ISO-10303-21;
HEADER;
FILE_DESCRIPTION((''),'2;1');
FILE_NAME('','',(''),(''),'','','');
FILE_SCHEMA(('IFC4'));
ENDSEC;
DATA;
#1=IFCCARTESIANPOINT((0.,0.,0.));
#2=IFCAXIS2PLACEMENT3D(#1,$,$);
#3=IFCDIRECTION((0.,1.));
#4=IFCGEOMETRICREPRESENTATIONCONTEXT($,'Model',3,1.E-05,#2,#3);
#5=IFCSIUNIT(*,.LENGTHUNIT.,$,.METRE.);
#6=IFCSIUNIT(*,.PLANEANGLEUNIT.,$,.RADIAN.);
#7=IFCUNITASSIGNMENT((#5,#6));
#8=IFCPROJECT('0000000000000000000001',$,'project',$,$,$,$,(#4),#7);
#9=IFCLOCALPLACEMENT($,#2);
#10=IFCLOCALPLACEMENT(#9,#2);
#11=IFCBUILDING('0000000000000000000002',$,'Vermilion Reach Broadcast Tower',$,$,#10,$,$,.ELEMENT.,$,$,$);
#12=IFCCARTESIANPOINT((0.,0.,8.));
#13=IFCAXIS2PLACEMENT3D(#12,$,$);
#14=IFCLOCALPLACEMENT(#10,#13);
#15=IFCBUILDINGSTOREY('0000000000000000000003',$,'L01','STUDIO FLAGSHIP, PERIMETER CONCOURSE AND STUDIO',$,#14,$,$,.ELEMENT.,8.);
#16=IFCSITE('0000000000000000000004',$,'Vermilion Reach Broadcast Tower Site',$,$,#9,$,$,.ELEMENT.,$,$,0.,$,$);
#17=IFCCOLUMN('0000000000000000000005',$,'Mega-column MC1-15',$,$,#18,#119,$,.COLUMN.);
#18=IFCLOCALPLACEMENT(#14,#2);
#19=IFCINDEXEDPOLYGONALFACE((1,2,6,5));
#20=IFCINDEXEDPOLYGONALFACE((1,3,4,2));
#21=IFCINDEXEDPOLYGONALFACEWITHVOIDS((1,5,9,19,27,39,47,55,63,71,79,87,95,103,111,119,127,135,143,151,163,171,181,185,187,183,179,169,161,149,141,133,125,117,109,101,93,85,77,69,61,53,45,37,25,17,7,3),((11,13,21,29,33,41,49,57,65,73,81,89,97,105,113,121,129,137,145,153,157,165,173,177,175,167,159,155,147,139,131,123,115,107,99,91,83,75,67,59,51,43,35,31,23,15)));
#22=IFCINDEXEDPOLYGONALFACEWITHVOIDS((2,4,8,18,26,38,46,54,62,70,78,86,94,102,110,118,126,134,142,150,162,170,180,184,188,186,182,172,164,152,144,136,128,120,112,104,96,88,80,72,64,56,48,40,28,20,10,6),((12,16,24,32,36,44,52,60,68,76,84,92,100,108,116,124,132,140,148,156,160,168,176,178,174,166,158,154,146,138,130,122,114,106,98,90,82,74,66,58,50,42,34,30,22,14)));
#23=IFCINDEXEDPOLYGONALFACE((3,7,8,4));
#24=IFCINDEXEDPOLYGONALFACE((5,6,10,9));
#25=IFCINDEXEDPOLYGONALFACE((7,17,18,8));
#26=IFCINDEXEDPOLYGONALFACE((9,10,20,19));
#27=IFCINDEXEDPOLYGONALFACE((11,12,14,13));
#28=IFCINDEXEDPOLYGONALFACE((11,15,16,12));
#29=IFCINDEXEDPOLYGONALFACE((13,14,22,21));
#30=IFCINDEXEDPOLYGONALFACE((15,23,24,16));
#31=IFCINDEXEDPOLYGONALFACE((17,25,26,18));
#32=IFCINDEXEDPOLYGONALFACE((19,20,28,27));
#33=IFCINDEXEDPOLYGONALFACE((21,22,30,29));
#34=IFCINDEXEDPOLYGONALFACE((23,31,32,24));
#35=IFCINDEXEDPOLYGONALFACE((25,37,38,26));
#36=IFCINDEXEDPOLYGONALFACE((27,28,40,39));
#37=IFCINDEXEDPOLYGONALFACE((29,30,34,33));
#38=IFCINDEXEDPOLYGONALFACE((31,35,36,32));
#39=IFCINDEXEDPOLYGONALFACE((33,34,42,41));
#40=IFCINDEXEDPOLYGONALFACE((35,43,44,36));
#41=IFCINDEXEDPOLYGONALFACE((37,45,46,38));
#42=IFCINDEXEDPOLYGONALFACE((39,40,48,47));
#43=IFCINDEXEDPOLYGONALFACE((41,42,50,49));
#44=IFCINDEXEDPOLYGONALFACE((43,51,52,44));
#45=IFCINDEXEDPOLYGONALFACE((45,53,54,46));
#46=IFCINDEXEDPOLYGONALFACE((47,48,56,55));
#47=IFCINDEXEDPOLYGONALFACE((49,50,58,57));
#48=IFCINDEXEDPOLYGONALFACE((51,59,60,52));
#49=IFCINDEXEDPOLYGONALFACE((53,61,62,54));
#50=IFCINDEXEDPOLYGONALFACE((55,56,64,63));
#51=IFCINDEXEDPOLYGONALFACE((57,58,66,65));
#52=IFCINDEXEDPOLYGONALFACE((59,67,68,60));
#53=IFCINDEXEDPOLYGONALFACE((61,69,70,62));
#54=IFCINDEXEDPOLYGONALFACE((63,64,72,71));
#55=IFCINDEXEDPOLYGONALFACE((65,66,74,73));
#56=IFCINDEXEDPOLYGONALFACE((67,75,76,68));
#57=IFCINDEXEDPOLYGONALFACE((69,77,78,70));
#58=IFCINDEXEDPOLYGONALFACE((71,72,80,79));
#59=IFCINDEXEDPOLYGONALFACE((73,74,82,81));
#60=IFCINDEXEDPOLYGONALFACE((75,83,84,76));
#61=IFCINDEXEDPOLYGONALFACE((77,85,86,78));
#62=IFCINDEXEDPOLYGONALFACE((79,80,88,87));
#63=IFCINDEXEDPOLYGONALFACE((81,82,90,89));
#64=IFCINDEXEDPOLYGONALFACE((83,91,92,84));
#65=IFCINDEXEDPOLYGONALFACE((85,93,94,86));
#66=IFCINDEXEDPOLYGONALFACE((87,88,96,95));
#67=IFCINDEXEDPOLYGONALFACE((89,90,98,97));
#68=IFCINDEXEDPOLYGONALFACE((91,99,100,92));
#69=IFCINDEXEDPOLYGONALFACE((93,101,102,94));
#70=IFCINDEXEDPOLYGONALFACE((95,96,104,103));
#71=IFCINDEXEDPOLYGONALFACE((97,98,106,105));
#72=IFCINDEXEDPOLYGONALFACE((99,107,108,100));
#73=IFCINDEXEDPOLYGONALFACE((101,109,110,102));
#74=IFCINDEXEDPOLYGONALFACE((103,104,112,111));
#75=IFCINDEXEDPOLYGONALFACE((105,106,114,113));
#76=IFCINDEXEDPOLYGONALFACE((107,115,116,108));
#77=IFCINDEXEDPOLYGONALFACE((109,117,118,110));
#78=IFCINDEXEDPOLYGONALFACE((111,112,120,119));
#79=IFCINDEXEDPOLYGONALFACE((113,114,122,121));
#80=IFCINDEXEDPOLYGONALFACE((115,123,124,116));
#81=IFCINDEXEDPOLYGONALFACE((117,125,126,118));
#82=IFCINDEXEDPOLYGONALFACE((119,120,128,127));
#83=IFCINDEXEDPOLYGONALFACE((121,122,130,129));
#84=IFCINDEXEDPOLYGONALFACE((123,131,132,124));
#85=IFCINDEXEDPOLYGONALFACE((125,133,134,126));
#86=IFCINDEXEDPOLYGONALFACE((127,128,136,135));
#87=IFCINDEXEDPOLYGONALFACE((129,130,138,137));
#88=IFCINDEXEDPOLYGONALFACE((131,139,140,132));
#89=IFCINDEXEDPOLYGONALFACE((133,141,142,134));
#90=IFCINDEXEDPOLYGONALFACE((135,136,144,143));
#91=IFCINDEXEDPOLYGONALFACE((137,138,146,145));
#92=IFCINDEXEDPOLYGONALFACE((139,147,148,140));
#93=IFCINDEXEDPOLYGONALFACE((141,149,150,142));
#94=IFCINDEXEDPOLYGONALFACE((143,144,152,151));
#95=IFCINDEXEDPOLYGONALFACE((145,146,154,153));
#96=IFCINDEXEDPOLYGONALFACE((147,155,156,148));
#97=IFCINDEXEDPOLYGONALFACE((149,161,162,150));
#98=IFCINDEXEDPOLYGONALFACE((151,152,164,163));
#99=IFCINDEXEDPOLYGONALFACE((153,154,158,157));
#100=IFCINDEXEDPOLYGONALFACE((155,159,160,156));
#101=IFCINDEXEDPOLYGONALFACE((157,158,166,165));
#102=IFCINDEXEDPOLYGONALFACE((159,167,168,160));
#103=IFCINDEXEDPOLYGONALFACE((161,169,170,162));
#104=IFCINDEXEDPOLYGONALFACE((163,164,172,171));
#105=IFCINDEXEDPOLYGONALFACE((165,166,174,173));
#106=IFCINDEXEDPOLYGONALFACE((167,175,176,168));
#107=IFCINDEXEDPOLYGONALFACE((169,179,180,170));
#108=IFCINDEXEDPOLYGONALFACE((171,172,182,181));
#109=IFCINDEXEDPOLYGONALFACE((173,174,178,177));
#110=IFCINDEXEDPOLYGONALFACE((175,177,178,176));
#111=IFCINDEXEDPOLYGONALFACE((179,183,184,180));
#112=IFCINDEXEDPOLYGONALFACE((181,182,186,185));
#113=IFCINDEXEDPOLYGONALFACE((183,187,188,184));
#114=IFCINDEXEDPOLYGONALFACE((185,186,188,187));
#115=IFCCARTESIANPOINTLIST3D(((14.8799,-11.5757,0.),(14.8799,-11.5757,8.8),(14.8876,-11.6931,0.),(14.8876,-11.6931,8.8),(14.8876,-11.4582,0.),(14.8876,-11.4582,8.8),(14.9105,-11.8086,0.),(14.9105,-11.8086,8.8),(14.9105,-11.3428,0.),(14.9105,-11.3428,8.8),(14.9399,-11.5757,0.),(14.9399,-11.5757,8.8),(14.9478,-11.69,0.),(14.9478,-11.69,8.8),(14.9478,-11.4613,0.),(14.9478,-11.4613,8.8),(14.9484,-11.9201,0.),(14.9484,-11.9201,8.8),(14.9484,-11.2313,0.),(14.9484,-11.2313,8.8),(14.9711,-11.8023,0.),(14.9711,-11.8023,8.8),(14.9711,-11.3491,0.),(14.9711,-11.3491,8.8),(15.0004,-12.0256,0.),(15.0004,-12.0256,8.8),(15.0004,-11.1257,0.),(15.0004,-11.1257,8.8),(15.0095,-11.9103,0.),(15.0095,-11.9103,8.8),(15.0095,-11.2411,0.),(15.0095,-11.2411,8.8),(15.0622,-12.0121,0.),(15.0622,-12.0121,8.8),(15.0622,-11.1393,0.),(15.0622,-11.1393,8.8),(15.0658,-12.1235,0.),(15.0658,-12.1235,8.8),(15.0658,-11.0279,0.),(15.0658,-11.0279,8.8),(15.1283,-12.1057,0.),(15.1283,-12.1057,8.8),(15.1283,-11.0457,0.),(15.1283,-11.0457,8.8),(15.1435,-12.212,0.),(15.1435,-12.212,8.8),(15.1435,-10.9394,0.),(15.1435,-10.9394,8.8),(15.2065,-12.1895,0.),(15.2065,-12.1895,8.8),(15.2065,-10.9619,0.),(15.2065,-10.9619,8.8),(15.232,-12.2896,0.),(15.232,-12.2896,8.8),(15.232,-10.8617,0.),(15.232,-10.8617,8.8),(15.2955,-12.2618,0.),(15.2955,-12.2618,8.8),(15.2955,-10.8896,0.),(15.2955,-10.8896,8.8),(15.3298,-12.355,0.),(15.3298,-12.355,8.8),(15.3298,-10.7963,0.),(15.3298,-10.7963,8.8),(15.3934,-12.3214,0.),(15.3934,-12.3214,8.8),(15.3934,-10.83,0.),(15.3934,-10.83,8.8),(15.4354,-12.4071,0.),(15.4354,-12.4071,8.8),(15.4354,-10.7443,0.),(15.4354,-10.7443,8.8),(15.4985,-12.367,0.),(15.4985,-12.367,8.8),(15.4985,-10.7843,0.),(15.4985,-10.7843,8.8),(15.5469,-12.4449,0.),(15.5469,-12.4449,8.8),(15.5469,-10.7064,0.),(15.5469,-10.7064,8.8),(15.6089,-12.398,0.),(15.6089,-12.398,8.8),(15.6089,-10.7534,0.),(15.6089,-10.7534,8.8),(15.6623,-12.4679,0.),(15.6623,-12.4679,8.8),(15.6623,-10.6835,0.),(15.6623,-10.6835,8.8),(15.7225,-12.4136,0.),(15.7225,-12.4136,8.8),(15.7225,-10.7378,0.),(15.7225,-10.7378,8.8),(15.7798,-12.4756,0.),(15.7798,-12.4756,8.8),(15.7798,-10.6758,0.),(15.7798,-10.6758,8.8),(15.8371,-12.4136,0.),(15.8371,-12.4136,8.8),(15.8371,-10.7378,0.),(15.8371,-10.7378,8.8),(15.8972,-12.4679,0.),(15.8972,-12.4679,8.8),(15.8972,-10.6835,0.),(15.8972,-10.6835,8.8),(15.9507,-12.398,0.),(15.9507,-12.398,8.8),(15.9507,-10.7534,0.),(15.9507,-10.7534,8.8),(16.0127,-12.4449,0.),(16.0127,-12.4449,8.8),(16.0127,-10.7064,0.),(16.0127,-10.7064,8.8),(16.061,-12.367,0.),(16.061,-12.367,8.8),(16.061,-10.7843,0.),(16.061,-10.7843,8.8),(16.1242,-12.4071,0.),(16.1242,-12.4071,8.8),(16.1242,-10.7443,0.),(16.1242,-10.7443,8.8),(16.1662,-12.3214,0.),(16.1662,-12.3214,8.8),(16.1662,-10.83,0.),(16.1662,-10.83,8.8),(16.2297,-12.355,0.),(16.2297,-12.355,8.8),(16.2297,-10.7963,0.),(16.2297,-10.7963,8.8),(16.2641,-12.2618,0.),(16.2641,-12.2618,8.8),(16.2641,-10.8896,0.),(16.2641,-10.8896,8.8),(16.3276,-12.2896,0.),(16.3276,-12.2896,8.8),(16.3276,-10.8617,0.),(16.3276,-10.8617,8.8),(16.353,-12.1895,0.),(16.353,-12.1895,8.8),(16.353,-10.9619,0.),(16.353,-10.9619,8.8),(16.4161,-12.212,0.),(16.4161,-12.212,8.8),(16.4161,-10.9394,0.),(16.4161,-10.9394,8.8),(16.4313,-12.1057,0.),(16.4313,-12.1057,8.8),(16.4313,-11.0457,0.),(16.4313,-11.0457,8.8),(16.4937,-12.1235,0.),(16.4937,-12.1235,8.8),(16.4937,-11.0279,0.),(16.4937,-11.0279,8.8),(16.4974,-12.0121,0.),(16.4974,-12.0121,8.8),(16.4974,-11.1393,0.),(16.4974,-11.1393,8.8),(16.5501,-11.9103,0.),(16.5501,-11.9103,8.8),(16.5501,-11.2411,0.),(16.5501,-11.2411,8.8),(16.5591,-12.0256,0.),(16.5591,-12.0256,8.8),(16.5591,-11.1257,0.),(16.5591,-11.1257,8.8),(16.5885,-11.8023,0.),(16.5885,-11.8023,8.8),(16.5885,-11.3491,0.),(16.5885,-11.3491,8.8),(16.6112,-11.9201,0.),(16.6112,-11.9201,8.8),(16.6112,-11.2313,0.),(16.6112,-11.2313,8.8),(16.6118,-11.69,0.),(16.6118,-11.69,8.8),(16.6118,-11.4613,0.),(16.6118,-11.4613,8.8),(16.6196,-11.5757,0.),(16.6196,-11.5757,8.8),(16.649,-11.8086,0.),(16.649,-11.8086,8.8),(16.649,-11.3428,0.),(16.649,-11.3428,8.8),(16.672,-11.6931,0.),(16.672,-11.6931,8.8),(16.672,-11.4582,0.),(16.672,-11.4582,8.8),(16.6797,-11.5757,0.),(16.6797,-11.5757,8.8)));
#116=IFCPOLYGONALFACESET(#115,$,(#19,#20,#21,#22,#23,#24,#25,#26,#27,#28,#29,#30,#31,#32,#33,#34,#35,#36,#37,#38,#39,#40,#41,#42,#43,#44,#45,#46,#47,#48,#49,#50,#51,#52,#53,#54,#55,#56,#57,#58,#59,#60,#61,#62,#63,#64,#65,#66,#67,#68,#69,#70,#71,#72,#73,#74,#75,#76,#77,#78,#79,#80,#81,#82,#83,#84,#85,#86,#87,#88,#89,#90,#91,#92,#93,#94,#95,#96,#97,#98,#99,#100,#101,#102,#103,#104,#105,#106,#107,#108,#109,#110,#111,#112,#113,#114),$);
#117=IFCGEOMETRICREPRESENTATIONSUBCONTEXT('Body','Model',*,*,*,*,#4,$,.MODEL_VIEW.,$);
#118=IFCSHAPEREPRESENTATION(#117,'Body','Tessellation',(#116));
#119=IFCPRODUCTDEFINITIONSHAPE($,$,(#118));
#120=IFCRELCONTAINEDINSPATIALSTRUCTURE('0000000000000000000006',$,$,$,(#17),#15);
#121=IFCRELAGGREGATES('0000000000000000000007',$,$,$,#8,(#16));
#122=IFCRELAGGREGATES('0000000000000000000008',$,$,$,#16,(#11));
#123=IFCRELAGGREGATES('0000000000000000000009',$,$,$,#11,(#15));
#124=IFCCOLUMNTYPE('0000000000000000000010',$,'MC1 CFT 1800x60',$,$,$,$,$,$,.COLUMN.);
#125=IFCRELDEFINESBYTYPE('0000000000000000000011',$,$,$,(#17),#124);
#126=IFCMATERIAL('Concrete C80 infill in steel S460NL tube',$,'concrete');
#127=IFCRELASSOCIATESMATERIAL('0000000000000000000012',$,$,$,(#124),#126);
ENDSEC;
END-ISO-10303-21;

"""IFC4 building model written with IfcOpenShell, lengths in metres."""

from ifc_helpers import new_model, si_unit, direction, frame, origin, origin_2d, place, context, subcontext, project, spatial, hollow_circle, extrude, material, material_profile, profile_set, type_object, element, save


model = new_model("IFC4")

# Units and contexts
model_context = context("Model", 3, precision=1e-05, world=origin(), true_north=direction((0.0, 1.0)))
body_context = subcontext(model_context, "Body", "Model", "MODEL_VIEW")
ifc_project = project(units=[si_unit("LENGTHUNIT", "METRE"), si_unit("PLANEANGLEUNIT", "RADIAN")], contexts=[model_context])

# Site, building, storey
site_placement = place(None, origin())
site = spatial("IfcSite", under=ifc_project, at=site_placement, Name="Vermilion Reach Broadcast Tower Site", CompositionType="ELEMENT", RefElevation=0.0)
building_placement = place(site_placement, origin())
building = spatial("IfcBuilding", under=site, at=building_placement, Name="Vermilion Reach Broadcast Tower", CompositionType="ELEMENT")
storey_placement = place(building_placement, frame((0.0, 0.0, 8.0)))
storey = spatial("IfcBuildingStorey", under=building, at=storey_placement, Name="L01", Description="STUDIO FLAGSHIP, PERIMETER CONCOURSE AND STUDIO", CompositionType="ELEMENT", Elevation=8.0)

# Column
ifc_material_1 = material(Name="Concrete C80 infill in steel S460NL tube", Category="concrete")
ifc_material_profile_1 = material_profile(ifc_material_1, hollow_circle(Radius=0.8999, WallThickness=0.0601, at=origin_2d()), Name="Concrete C80 infill in steel S460NL tube CFT 1800x60")
ifc_profile_set_1 = profile_set([ifc_material_profile_1], Name="Concrete C80 infill in steel S460NL tube")
column_type = type_object("IfcColumnType", Name="MC1 CFT 1800x60", PredefinedType="COLUMN", material=ifc_profile_set_1)
for number, where, z_axis, x_axis, name in (
    (1, (15.7798, -11.5757, 0.0), (0.0, 0.0, 1.0), (1.0, 0.0, 0.0), "Mega-column MC1-15"),
):
    element("IfcColumn", number, at=place(storey_placement, frame(where, z_axis=z_axis, x_axis=x_axis)), inside=storey, type_object=column_type, Name=name, PredefinedType="COLUMN", context=body_context, shape_type="SweptSolid", body=[
        extrude(hollow_circle(Radius=0.8999, WallThickness=0.0601, at=origin_2d()), origin(), (0.0, 0.0, 1.0), 8.8),
    ])

save(model, "model.ifc")
